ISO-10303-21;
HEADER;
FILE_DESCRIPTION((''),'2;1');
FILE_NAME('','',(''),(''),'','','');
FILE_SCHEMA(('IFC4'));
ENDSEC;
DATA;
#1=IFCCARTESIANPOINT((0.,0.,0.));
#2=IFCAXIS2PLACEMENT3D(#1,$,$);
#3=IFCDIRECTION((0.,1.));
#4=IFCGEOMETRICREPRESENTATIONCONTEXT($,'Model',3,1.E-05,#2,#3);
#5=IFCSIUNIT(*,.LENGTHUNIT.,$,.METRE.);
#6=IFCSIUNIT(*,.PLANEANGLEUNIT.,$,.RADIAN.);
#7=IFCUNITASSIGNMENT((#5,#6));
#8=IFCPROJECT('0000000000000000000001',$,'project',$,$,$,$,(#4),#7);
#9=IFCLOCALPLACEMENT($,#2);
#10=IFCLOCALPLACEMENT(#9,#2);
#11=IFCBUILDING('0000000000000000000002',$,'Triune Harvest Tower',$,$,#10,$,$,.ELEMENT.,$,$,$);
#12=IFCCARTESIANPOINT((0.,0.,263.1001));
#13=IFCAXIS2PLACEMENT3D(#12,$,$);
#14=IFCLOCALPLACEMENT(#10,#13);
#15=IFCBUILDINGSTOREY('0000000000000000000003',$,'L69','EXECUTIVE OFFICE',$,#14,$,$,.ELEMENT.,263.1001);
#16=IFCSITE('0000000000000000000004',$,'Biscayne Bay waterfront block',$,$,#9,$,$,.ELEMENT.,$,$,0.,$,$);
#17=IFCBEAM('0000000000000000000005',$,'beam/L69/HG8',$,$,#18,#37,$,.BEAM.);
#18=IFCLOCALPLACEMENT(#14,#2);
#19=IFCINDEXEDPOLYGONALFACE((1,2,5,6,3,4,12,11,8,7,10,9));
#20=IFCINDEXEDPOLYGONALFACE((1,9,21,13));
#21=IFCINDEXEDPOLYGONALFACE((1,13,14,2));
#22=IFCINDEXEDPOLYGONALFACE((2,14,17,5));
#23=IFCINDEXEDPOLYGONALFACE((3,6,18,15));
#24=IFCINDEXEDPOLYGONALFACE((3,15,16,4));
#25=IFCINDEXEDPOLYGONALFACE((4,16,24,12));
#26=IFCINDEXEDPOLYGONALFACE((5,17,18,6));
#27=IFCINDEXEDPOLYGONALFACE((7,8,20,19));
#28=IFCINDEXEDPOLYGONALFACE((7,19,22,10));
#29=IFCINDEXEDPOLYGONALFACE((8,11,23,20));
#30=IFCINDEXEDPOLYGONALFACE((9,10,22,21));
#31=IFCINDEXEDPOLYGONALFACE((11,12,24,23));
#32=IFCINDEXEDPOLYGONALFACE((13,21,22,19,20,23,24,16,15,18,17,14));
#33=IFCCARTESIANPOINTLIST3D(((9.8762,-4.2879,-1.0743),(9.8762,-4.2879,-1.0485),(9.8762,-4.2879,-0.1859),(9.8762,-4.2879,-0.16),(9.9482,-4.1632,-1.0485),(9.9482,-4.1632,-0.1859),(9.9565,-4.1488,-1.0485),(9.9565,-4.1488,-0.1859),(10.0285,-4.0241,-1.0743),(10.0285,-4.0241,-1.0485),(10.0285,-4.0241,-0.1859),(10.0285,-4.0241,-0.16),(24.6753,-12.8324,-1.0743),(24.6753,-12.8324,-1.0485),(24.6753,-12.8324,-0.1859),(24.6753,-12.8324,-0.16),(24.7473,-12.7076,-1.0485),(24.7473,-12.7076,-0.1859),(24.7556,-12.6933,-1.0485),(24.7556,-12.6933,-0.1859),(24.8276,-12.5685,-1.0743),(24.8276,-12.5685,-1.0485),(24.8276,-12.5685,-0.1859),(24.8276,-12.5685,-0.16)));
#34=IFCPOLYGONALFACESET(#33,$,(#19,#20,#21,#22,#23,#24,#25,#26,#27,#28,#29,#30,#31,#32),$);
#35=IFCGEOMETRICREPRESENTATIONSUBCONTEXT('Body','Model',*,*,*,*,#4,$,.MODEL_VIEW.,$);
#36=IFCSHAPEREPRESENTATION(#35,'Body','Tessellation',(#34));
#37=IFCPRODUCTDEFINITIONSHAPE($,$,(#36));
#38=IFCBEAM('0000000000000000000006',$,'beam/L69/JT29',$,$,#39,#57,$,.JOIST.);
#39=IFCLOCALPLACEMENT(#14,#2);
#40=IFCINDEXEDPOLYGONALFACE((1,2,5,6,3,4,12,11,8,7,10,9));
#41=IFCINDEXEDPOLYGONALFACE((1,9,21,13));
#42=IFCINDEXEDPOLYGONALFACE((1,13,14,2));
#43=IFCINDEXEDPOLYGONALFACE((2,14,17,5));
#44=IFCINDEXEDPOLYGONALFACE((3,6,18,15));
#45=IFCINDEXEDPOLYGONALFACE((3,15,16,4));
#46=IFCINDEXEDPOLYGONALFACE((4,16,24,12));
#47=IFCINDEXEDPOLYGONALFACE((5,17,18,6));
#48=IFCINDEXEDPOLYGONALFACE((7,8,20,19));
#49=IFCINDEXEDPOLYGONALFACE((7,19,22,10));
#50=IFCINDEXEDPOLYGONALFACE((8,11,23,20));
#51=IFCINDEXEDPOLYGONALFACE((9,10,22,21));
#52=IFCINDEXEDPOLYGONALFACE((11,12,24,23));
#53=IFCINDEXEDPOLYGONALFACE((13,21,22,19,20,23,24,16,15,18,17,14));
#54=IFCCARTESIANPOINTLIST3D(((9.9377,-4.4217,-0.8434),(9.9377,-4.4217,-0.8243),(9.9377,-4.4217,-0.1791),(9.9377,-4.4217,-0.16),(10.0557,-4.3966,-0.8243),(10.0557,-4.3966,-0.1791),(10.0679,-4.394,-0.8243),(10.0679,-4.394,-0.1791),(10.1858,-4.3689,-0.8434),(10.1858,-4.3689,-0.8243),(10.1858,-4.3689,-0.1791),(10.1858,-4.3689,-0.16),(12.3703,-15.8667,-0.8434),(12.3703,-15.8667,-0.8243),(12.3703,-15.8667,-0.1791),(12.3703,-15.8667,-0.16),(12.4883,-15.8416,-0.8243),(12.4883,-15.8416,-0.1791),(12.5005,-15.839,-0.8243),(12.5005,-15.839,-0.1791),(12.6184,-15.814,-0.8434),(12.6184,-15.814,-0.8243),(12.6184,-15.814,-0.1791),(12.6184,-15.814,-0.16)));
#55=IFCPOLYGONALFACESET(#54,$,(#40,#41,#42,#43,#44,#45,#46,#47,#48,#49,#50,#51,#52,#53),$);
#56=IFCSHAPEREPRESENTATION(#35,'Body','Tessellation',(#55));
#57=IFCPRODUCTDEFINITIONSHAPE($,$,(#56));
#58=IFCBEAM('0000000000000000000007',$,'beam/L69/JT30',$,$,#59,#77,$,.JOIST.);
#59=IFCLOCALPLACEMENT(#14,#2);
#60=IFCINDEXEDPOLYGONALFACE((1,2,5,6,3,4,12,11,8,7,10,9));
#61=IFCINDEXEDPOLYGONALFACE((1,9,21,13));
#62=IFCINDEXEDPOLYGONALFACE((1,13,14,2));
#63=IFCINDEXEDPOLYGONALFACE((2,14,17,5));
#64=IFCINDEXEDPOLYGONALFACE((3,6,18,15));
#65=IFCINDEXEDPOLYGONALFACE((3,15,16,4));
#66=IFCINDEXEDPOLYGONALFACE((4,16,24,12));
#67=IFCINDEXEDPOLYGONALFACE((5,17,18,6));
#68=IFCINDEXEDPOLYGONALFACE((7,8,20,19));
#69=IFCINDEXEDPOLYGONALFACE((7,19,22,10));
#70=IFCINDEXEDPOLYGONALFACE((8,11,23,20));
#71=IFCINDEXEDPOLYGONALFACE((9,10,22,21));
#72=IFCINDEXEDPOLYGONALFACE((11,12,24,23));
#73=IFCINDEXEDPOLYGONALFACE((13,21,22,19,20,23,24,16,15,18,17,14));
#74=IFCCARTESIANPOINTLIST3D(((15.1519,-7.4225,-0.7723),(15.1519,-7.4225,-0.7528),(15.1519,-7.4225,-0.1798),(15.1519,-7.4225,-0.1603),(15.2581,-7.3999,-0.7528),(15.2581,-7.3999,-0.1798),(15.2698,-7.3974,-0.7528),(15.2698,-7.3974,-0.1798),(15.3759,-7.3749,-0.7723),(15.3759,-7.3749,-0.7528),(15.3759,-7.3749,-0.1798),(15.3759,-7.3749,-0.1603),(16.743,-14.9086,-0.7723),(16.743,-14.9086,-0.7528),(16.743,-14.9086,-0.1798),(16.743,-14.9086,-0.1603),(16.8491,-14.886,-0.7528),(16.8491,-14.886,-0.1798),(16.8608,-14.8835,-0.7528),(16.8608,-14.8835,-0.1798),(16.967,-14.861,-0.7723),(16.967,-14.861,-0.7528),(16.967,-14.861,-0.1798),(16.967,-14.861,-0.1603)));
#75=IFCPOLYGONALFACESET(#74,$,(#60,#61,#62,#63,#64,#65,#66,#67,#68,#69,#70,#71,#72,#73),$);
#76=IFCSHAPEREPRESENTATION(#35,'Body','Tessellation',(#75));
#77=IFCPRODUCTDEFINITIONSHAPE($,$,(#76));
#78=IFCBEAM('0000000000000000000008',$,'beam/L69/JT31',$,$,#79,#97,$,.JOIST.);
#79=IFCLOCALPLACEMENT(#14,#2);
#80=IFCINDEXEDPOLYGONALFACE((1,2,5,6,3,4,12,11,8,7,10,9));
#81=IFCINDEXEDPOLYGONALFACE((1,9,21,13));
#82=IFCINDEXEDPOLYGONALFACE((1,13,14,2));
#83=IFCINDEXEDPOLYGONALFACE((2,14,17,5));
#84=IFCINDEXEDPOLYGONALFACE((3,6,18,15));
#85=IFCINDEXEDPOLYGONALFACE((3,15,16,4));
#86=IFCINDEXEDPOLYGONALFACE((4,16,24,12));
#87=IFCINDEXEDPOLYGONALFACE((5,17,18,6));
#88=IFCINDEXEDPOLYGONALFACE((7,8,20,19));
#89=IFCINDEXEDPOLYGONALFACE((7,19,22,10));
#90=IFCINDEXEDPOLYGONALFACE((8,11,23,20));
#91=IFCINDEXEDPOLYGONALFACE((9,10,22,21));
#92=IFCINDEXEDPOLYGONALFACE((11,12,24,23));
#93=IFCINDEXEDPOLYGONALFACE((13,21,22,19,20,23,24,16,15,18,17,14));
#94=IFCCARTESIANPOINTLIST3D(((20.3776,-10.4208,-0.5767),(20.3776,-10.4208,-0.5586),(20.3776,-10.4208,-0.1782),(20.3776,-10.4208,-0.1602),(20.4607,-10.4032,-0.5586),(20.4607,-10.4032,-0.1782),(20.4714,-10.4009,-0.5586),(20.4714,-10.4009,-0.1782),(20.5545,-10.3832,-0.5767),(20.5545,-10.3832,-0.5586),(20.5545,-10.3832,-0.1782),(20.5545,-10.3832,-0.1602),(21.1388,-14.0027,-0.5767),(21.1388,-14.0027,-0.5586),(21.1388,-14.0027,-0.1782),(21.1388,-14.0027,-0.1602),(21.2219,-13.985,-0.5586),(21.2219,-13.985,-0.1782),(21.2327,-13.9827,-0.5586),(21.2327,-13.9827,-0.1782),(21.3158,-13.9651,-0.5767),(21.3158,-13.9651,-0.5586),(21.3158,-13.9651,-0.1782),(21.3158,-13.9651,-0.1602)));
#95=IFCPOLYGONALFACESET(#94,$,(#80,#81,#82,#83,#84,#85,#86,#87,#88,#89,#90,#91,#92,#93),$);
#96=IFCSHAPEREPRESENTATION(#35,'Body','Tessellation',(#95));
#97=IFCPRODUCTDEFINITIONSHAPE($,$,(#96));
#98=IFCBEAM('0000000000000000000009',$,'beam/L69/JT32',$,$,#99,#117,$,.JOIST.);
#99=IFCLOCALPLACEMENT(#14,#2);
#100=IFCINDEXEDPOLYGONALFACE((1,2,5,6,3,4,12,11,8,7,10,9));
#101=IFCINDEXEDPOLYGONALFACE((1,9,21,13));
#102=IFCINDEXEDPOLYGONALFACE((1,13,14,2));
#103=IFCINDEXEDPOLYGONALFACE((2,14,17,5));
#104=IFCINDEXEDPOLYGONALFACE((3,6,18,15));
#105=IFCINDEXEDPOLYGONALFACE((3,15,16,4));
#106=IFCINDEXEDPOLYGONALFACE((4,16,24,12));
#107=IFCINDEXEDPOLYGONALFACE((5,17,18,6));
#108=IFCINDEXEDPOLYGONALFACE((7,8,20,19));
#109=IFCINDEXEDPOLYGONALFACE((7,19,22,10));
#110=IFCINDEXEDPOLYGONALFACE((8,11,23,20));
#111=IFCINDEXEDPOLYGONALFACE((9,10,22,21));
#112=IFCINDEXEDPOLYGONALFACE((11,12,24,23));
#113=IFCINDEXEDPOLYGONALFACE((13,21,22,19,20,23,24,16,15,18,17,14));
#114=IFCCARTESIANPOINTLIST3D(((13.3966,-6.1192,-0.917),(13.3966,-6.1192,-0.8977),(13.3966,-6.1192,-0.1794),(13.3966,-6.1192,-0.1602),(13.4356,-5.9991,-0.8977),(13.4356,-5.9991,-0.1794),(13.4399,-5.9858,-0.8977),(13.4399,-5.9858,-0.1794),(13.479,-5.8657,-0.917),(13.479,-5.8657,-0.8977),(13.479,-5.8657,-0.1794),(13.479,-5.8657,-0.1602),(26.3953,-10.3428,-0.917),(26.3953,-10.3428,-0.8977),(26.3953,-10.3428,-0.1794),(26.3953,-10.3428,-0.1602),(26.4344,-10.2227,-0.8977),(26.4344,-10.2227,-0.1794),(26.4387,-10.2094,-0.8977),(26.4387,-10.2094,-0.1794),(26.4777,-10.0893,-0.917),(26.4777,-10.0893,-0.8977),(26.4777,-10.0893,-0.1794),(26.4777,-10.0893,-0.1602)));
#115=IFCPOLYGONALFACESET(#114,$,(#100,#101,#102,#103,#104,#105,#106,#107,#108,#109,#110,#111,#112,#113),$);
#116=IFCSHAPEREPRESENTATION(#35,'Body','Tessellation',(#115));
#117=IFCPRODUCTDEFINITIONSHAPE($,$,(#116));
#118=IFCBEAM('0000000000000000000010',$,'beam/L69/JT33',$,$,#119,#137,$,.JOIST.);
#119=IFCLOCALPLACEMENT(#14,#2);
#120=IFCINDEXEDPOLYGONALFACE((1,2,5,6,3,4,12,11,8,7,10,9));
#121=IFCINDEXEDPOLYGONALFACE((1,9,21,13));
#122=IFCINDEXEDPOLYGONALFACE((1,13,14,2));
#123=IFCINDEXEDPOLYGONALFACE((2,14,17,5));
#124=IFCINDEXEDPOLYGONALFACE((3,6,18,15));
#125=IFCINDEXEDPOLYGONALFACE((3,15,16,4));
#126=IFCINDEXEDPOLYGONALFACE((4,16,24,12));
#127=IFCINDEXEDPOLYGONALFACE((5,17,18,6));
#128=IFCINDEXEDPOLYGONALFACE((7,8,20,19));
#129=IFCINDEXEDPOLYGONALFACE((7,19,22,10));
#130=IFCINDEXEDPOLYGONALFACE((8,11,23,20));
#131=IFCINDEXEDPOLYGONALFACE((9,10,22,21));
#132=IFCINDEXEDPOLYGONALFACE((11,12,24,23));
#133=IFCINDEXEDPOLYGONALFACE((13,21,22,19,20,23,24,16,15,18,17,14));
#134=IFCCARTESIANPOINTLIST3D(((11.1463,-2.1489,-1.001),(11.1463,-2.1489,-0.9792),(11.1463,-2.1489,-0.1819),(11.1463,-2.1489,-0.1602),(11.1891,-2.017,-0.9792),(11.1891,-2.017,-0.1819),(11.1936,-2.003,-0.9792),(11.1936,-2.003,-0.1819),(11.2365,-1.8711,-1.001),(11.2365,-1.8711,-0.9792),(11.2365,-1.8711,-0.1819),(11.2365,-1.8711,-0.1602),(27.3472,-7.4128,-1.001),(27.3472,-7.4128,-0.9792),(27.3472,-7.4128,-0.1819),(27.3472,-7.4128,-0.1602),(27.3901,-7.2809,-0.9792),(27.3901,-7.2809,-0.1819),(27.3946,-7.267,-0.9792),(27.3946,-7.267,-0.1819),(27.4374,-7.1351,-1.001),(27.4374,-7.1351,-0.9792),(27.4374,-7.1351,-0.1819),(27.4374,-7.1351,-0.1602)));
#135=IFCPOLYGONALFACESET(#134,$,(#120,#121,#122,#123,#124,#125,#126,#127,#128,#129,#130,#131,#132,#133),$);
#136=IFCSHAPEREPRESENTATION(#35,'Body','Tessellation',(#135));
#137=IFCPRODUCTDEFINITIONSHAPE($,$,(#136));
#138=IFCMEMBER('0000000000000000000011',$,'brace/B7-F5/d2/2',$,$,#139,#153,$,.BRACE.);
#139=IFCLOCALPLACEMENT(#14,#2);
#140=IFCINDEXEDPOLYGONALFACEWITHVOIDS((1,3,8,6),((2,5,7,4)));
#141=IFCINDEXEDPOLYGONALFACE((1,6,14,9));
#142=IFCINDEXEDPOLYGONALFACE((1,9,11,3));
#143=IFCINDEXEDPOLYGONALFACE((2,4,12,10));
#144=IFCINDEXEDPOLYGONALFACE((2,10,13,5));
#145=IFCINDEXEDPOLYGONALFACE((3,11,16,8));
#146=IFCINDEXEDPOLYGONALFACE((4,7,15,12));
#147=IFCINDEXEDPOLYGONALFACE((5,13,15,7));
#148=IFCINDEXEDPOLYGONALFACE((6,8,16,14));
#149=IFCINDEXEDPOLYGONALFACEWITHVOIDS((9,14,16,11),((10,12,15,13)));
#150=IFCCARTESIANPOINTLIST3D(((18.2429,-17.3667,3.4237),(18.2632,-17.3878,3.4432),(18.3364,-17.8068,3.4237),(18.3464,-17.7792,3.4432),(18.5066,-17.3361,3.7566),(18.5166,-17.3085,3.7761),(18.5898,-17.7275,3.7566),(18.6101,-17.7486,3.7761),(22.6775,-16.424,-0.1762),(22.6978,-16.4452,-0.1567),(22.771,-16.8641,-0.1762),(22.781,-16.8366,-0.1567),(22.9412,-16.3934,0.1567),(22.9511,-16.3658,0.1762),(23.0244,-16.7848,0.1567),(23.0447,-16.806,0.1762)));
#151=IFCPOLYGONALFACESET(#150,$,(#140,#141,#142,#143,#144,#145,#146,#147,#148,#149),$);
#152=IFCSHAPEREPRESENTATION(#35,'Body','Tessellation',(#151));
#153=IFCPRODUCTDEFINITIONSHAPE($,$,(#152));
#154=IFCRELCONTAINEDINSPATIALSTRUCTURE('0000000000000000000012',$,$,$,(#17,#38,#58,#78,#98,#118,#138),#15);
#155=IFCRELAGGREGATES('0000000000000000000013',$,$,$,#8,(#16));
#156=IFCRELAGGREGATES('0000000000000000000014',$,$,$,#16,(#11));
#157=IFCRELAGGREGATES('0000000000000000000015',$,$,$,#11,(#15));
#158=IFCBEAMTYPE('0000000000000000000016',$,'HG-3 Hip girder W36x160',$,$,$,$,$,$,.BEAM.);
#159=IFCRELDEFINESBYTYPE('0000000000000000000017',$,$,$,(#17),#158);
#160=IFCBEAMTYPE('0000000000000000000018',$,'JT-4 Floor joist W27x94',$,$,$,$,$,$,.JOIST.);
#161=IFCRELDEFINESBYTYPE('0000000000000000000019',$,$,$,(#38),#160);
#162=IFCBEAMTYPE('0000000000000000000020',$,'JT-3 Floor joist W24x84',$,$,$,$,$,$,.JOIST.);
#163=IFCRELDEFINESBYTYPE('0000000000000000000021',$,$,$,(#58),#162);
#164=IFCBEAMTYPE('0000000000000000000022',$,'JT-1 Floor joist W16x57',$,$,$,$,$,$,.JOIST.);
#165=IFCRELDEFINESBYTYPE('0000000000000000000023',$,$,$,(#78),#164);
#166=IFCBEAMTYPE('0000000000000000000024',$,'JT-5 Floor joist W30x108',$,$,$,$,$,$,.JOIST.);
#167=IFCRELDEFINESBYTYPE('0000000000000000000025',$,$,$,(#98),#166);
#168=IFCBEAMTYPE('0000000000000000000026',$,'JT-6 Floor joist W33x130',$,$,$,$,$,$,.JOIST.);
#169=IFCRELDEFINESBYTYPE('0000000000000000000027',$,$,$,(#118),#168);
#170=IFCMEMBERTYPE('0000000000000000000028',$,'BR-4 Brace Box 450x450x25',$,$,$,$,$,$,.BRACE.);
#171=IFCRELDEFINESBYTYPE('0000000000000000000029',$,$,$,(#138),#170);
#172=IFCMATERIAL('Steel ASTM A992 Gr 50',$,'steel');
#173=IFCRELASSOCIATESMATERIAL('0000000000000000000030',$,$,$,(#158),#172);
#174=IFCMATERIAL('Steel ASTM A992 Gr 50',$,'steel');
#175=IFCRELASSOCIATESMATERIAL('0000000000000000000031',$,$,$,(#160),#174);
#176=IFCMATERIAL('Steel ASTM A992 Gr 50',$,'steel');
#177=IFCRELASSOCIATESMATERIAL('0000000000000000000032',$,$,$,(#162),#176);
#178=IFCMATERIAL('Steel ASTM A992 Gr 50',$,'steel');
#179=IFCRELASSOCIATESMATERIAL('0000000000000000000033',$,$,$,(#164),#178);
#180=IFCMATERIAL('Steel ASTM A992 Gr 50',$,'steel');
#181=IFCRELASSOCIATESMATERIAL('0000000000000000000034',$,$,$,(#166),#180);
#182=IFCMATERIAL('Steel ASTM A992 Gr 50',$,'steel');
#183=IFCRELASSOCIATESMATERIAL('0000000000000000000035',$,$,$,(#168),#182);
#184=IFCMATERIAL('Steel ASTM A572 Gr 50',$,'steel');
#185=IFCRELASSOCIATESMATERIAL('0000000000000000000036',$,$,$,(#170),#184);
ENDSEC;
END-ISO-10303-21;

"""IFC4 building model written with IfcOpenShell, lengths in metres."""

from ifc_helpers import new_model, si_unit, direction, frame, origin, origin_2d, place, context, subcontext, project, spatial, hollow_rectangle, i_section, extrude, source, transform, mapped, material, material_profile, profile_set, type_object, element, save


model = new_model("IFC4")

# Units and contexts
model_context = context("Model", 3, precision=1e-05, world=origin(), true_north=direction((0.0, 1.0)))
body_context = subcontext(model_context, "Body", "Model", "MODEL_VIEW")
ifc_project = project(units=[si_unit("LENGTHUNIT", "METRE"), si_unit("PLANEANGLEUNIT", "RADIAN")], contexts=[model_context])

# Site, building, storey
site_placement = place(None, origin())
site = spatial("IfcSite", under=ifc_project, at=site_placement, Name="Biscayne Bay waterfront block", CompositionType="ELEMENT", RefElevation=0.0)
building_placement = place(site_placement, origin())
building = spatial("IfcBuilding", under=site, at=building_placement, Name="Triune Harvest Tower", CompositionType="ELEMENT")
storey_placement = place(building_placement, frame((0.0, 0.0, 263.1001)))
storey = spatial("IfcBuildingStorey", under=building, at=storey_placement, Name="L69", Description="EXECUTIVE OFFICE", CompositionType="ELEMENT", Elevation=263.1001)

# Beams
ifc_material_1 = material(Name="Steel ASTM A992 Gr 50", Category="steel")
ifc_material_profile_1 = material_profile(ifc_material_1, i_section(OverallWidth=0.3047, OverallDepth=0.9143, WebThickness=0.0166, FlangeThickness=0.0259, at=origin_2d()), Name="W36x160")
ifc_profile_set_1 = profile_set([ifc_material_profile_1], Name="Steel ASTM A992 Gr 50")
beam_type_1 = type_object("IfcBeamType", Name="HG-3 Hip girder W36x160", PredefinedType="BEAM", material=ifc_profile_set_1)
shared_shape_1 = source(origin(), body_context, "Body", "SweptSolid", [
    extrude(i_section(OverallWidth=0.3047, OverallDepth=0.9143, WebThickness=0.0166, FlangeThickness=0.0259, at=origin_2d()), origin(), (0.0, 0.0, 1.0), 17.0886),
])
beam_1_placement = place(storey_placement, frame((24.7515, -12.7004, -0.6172), z_axis=(-0.866021, 0.500008, 0.0), x_axis=(-0.500008, -0.866021, 0.0)))
element("IfcBeam", 1, at=beam_1_placement, inside=storey, type_object=beam_type_1, Name="beam/L69/HG8", PredefinedType="BEAM", context=body_context, shape_type="MappedRepresentation", body=[
    mapped(shared_shape_1, transform((0.0, 0.0, 0.0), scale=1.0)),
])
ifc_material_2 = material(Name="Steel ASTM A992 Gr 50", Category="steel")
ifc_material_profile_2 = material_profile(ifc_material_2, i_section(OverallWidth=0.2537, OverallDepth=0.6833, WebThickness=0.0125, FlangeThickness=0.019, at=origin_2d()), Name="W27x94")
ifc_profile_set_2 = profile_set([ifc_material_profile_2], Name="Steel ASTM A992 Gr 50")
beam_type_2 = type_object("IfcBeamType", Name="JT-4 Floor joist W27x94", PredefinedType="JOIST", material=ifc_profile_set_2)
shared_shape_2 = source(origin(), body_context, "Body", "SweptSolid", [
    extrude(i_section(OverallWidth=0.2537, OverallDepth=0.6833, WebThickness=0.0125, FlangeThickness=0.019, at=origin_2d()), origin(), (0.0, 0.0, 1.0), 11.7007),
])
beam_2_placement = place(storey_placement, frame((12.4944, -15.8403, -0.5017), z_axis=(-0.207903, 0.978149, 0.0), x_axis=(-0.978149, -0.207903, 0.0)))
element("IfcBeam", 2, at=beam_2_placement, inside=storey, type_object=beam_type_2, Name="beam/L69/JT29", PredefinedType="JOIST", context=body_context, shape_type="MappedRepresentation", body=[
    mapped(shared_shape_2, transform((0.0, 0.0, 0.0), scale=1.0)),
])
ifc_material_3 = material(Name="Steel ASTM A992 Gr 50", Category="steel")
ifc_material_profile_3 = material_profile(ifc_material_3, i_section(OverallWidth=0.229, OverallDepth=0.6121, WebThickness=0.012, FlangeThickness=0.0195, at=origin_2d()), Name="W24x84")
ifc_profile_set_3 = profile_set([ifc_material_profile_3], Name="Steel ASTM A992 Gr 50")
beam_type_3 = type_object("IfcBeamType", Name="JT-3 Floor joist W24x84", PredefinedType="JOIST", material=ifc_profile_set_3)
shared_shape_3 = source(origin(), body_context, "Body", "SweptSolid", [
    extrude(i_section(OverallWidth=0.229, OverallDepth=0.6121, WebThickness=0.012, FlangeThickness=0.0195, at=origin_2d()), origin(), (0.0, 0.0, 1.0), 7.6533),
])
beam_3_placement = place(storey_placement, frame((16.855, -14.8848, -0.4663), z_axis=(-0.207893, 0.978152, 0.0), x_axis=(-0.978152, -0.207893, 0.0)))
element("IfcBeam", 3, at=beam_3_placement, inside=storey, type_object=beam_type_3, Name="beam/L69/JT30", PredefinedType="JOIST", context=body_context, shape_type="MappedRepresentation", body=[
    mapped(shared_shape_3, transform((0.0, 0.0, 0.0), scale=1.0)),
])
ifc_material_4 = material(Name="Steel ASTM A992 Gr 50", Category="steel")
ifc_material_profile_4 = material_profile(ifc_material_4, i_section(OverallWidth=0.1809, OverallDepth=0.4165, WebThickness=0.011, FlangeThickness=0.0181, at=origin_2d()), Name="W16x57")
ifc_profile_set_4 = profile_set([ifc_material_profile_4], Name="Steel ASTM A992 Gr 50")
beam_type_4 = type_object("IfcBeamType", Name="JT-1 Floor joist W16x57", PredefinedType="JOIST", material=ifc_profile_set_4)
shared_shape_4 = source(origin(), body_context, "Body", "SweptSolid", [
    extrude(i_section(OverallWidth=0.1809, OverallDepth=0.4165, WebThickness=0.011, FlangeThickness=0.0181, at=origin_2d()), origin(), (0.0, 0.0, 1.0), 3.6619),
])
beam_4_placement = place(storey_placement, frame((21.2273, -13.9839, -0.3684), z_axis=(-0.207885, 0.978153, 0.0), x_axis=(-0.978153, -0.207885, 0.0)))
element("IfcBeam", 4, at=beam_4_placement, inside=storey, type_object=beam_type_4, Name="beam/L69/JT31", PredefinedType="JOIST", context=body_context, shape_type="MappedRepresentation", body=[
    mapped(shared_shape_4, transform((0.0, 0.0, 0.0), scale=1.0)),
])
ifc_material_5 = material(Name="Steel ASTM A992 Gr 50", Category="steel")
ifc_material_profile_5 = material_profile(ifc_material_5, i_section(OverallWidth=0.2666, OverallDepth=0.7568, WebThickness=0.0139, FlangeThickness=0.0193, at=origin_2d()), Name="W30x108")
ifc_profile_set_5 = profile_set([ifc_material_profile_5], Name="Steel ASTM A992 Gr 50")
beam_type_5 = type_object("IfcBeamType", Name="JT-5 Floor joist W30x108", PredefinedType="JOIST", material=ifc_profile_set_5)
shared_shape_5 = source(origin(), body_context, "Body", "SweptSolid", [
    extrude(i_section(OverallWidth=0.2666, OverallDepth=0.7568, WebThickness=0.0139, FlangeThickness=0.0193, at=origin_2d()), origin(), (0.0, 0.0, 1.0), 13.6677),
])
beam_5_placement = place(storey_placement, frame((26.4365, -10.2161, -0.5386), z_axis=(-0.951055, 0.309022, 0.0), x_axis=(-0.309022, -0.951055, 0.0)))
element("IfcBeam", 5, at=beam_5_placement, inside=storey, type_object=beam_type_5, Name="beam/L69/JT32", PredefinedType="JOIST", context=body_context, shape_type="MappedRepresentation", body=[
    mapped(shared_shape_5, transform((0.0, 0.0, 0.0), scale=1.0)),
])
ifc_material_6 = material(Name="Steel ASTM A992 Gr 50", Category="steel")
ifc_material_profile_6 = material_profile(ifc_material_6, i_section(OverallWidth=0.292, OverallDepth=0.8408, WebThickness=0.0146, FlangeThickness=0.0217, at=origin_2d()), Name="W33x130")
ifc_profile_set_6 = profile_set([ifc_material_profile_6], Name="Steel ASTM A992 Gr 50")
beam_type_6 = type_object("IfcBeamType", Name="JT-6 Floor joist W33x130", PredefinedType="JOIST", material=ifc_profile_set_6)
shared_shape_6 = source(origin(), body_context, "Body", "SweptSolid", [
    extrude(i_section(OverallWidth=0.292, OverallDepth=0.8408, WebThickness=0.0146, FlangeThickness=0.0217, at=origin_2d()), origin(), (0.0, 0.0, 1.0), 17.0347),
])
beam_6_placement = place(storey_placement, frame((27.3923, -7.2739, -0.5806), z_axis=(-0.951058, 0.309013, 0.0), x_axis=(-0.309013, -0.951058, 0.0)))
element("IfcBeam", 6, at=beam_6_placement, inside=storey, type_object=beam_type_6, Name="beam/L69/JT33", PredefinedType="JOIST", context=body_context, shape_type="MappedRepresentation", body=[
    mapped(shared_shape_6, transform((0.0, 0.0, 0.0), scale=1.0)),
])

# Member
ifc_material_7 = material(Name="Steel ASTM A572 Gr 50", Category="steel")
ifc_material_profile_7 = material_profile(ifc_material_7, hollow_rectangle(XDim=0.45, YDim=0.45, WallThickness=0.0249, at=origin_2d()), Name="Box 450x450x25")
ifc_profile_set_7 = profile_set([ifc_material_profile_7], Name="Steel ASTM A572 Gr 50")
member_type_1 = type_object("IfcMemberType", Name="BR-4 Brace Box 450x450x25", PredefinedType="BRACE", material=ifc_profile_set_7)
shared_shape_7 = source(origin(), body_context, "Body", "SweptSolid", [
    extrude(hollow_rectangle(XDim=0.45, YDim=0.45, WallThickness=0.0249, at=origin_2d()), origin(), (0.0, 0.0, 1.0), 5.7891),
])
member_1_placement = place(storey_placement, frame((22.8611, -16.615, 0.0), z_axis=(-0.76603, -0.16283, 0.62184), x_axis=(0.207918, -0.978146, 0.0)))
element("IfcMember", 7, at=member_1_placement, inside=storey, type_object=member_type_1, Name="brace/B7-F5/d2/2", PredefinedType="BRACE", context=body_context, shape_type="MappedRepresentation", body=[
    mapped(shared_shape_7, transform((0.0, 0.0, 0.0), scale=1.0)),
])

save(model, "model.ifc")
